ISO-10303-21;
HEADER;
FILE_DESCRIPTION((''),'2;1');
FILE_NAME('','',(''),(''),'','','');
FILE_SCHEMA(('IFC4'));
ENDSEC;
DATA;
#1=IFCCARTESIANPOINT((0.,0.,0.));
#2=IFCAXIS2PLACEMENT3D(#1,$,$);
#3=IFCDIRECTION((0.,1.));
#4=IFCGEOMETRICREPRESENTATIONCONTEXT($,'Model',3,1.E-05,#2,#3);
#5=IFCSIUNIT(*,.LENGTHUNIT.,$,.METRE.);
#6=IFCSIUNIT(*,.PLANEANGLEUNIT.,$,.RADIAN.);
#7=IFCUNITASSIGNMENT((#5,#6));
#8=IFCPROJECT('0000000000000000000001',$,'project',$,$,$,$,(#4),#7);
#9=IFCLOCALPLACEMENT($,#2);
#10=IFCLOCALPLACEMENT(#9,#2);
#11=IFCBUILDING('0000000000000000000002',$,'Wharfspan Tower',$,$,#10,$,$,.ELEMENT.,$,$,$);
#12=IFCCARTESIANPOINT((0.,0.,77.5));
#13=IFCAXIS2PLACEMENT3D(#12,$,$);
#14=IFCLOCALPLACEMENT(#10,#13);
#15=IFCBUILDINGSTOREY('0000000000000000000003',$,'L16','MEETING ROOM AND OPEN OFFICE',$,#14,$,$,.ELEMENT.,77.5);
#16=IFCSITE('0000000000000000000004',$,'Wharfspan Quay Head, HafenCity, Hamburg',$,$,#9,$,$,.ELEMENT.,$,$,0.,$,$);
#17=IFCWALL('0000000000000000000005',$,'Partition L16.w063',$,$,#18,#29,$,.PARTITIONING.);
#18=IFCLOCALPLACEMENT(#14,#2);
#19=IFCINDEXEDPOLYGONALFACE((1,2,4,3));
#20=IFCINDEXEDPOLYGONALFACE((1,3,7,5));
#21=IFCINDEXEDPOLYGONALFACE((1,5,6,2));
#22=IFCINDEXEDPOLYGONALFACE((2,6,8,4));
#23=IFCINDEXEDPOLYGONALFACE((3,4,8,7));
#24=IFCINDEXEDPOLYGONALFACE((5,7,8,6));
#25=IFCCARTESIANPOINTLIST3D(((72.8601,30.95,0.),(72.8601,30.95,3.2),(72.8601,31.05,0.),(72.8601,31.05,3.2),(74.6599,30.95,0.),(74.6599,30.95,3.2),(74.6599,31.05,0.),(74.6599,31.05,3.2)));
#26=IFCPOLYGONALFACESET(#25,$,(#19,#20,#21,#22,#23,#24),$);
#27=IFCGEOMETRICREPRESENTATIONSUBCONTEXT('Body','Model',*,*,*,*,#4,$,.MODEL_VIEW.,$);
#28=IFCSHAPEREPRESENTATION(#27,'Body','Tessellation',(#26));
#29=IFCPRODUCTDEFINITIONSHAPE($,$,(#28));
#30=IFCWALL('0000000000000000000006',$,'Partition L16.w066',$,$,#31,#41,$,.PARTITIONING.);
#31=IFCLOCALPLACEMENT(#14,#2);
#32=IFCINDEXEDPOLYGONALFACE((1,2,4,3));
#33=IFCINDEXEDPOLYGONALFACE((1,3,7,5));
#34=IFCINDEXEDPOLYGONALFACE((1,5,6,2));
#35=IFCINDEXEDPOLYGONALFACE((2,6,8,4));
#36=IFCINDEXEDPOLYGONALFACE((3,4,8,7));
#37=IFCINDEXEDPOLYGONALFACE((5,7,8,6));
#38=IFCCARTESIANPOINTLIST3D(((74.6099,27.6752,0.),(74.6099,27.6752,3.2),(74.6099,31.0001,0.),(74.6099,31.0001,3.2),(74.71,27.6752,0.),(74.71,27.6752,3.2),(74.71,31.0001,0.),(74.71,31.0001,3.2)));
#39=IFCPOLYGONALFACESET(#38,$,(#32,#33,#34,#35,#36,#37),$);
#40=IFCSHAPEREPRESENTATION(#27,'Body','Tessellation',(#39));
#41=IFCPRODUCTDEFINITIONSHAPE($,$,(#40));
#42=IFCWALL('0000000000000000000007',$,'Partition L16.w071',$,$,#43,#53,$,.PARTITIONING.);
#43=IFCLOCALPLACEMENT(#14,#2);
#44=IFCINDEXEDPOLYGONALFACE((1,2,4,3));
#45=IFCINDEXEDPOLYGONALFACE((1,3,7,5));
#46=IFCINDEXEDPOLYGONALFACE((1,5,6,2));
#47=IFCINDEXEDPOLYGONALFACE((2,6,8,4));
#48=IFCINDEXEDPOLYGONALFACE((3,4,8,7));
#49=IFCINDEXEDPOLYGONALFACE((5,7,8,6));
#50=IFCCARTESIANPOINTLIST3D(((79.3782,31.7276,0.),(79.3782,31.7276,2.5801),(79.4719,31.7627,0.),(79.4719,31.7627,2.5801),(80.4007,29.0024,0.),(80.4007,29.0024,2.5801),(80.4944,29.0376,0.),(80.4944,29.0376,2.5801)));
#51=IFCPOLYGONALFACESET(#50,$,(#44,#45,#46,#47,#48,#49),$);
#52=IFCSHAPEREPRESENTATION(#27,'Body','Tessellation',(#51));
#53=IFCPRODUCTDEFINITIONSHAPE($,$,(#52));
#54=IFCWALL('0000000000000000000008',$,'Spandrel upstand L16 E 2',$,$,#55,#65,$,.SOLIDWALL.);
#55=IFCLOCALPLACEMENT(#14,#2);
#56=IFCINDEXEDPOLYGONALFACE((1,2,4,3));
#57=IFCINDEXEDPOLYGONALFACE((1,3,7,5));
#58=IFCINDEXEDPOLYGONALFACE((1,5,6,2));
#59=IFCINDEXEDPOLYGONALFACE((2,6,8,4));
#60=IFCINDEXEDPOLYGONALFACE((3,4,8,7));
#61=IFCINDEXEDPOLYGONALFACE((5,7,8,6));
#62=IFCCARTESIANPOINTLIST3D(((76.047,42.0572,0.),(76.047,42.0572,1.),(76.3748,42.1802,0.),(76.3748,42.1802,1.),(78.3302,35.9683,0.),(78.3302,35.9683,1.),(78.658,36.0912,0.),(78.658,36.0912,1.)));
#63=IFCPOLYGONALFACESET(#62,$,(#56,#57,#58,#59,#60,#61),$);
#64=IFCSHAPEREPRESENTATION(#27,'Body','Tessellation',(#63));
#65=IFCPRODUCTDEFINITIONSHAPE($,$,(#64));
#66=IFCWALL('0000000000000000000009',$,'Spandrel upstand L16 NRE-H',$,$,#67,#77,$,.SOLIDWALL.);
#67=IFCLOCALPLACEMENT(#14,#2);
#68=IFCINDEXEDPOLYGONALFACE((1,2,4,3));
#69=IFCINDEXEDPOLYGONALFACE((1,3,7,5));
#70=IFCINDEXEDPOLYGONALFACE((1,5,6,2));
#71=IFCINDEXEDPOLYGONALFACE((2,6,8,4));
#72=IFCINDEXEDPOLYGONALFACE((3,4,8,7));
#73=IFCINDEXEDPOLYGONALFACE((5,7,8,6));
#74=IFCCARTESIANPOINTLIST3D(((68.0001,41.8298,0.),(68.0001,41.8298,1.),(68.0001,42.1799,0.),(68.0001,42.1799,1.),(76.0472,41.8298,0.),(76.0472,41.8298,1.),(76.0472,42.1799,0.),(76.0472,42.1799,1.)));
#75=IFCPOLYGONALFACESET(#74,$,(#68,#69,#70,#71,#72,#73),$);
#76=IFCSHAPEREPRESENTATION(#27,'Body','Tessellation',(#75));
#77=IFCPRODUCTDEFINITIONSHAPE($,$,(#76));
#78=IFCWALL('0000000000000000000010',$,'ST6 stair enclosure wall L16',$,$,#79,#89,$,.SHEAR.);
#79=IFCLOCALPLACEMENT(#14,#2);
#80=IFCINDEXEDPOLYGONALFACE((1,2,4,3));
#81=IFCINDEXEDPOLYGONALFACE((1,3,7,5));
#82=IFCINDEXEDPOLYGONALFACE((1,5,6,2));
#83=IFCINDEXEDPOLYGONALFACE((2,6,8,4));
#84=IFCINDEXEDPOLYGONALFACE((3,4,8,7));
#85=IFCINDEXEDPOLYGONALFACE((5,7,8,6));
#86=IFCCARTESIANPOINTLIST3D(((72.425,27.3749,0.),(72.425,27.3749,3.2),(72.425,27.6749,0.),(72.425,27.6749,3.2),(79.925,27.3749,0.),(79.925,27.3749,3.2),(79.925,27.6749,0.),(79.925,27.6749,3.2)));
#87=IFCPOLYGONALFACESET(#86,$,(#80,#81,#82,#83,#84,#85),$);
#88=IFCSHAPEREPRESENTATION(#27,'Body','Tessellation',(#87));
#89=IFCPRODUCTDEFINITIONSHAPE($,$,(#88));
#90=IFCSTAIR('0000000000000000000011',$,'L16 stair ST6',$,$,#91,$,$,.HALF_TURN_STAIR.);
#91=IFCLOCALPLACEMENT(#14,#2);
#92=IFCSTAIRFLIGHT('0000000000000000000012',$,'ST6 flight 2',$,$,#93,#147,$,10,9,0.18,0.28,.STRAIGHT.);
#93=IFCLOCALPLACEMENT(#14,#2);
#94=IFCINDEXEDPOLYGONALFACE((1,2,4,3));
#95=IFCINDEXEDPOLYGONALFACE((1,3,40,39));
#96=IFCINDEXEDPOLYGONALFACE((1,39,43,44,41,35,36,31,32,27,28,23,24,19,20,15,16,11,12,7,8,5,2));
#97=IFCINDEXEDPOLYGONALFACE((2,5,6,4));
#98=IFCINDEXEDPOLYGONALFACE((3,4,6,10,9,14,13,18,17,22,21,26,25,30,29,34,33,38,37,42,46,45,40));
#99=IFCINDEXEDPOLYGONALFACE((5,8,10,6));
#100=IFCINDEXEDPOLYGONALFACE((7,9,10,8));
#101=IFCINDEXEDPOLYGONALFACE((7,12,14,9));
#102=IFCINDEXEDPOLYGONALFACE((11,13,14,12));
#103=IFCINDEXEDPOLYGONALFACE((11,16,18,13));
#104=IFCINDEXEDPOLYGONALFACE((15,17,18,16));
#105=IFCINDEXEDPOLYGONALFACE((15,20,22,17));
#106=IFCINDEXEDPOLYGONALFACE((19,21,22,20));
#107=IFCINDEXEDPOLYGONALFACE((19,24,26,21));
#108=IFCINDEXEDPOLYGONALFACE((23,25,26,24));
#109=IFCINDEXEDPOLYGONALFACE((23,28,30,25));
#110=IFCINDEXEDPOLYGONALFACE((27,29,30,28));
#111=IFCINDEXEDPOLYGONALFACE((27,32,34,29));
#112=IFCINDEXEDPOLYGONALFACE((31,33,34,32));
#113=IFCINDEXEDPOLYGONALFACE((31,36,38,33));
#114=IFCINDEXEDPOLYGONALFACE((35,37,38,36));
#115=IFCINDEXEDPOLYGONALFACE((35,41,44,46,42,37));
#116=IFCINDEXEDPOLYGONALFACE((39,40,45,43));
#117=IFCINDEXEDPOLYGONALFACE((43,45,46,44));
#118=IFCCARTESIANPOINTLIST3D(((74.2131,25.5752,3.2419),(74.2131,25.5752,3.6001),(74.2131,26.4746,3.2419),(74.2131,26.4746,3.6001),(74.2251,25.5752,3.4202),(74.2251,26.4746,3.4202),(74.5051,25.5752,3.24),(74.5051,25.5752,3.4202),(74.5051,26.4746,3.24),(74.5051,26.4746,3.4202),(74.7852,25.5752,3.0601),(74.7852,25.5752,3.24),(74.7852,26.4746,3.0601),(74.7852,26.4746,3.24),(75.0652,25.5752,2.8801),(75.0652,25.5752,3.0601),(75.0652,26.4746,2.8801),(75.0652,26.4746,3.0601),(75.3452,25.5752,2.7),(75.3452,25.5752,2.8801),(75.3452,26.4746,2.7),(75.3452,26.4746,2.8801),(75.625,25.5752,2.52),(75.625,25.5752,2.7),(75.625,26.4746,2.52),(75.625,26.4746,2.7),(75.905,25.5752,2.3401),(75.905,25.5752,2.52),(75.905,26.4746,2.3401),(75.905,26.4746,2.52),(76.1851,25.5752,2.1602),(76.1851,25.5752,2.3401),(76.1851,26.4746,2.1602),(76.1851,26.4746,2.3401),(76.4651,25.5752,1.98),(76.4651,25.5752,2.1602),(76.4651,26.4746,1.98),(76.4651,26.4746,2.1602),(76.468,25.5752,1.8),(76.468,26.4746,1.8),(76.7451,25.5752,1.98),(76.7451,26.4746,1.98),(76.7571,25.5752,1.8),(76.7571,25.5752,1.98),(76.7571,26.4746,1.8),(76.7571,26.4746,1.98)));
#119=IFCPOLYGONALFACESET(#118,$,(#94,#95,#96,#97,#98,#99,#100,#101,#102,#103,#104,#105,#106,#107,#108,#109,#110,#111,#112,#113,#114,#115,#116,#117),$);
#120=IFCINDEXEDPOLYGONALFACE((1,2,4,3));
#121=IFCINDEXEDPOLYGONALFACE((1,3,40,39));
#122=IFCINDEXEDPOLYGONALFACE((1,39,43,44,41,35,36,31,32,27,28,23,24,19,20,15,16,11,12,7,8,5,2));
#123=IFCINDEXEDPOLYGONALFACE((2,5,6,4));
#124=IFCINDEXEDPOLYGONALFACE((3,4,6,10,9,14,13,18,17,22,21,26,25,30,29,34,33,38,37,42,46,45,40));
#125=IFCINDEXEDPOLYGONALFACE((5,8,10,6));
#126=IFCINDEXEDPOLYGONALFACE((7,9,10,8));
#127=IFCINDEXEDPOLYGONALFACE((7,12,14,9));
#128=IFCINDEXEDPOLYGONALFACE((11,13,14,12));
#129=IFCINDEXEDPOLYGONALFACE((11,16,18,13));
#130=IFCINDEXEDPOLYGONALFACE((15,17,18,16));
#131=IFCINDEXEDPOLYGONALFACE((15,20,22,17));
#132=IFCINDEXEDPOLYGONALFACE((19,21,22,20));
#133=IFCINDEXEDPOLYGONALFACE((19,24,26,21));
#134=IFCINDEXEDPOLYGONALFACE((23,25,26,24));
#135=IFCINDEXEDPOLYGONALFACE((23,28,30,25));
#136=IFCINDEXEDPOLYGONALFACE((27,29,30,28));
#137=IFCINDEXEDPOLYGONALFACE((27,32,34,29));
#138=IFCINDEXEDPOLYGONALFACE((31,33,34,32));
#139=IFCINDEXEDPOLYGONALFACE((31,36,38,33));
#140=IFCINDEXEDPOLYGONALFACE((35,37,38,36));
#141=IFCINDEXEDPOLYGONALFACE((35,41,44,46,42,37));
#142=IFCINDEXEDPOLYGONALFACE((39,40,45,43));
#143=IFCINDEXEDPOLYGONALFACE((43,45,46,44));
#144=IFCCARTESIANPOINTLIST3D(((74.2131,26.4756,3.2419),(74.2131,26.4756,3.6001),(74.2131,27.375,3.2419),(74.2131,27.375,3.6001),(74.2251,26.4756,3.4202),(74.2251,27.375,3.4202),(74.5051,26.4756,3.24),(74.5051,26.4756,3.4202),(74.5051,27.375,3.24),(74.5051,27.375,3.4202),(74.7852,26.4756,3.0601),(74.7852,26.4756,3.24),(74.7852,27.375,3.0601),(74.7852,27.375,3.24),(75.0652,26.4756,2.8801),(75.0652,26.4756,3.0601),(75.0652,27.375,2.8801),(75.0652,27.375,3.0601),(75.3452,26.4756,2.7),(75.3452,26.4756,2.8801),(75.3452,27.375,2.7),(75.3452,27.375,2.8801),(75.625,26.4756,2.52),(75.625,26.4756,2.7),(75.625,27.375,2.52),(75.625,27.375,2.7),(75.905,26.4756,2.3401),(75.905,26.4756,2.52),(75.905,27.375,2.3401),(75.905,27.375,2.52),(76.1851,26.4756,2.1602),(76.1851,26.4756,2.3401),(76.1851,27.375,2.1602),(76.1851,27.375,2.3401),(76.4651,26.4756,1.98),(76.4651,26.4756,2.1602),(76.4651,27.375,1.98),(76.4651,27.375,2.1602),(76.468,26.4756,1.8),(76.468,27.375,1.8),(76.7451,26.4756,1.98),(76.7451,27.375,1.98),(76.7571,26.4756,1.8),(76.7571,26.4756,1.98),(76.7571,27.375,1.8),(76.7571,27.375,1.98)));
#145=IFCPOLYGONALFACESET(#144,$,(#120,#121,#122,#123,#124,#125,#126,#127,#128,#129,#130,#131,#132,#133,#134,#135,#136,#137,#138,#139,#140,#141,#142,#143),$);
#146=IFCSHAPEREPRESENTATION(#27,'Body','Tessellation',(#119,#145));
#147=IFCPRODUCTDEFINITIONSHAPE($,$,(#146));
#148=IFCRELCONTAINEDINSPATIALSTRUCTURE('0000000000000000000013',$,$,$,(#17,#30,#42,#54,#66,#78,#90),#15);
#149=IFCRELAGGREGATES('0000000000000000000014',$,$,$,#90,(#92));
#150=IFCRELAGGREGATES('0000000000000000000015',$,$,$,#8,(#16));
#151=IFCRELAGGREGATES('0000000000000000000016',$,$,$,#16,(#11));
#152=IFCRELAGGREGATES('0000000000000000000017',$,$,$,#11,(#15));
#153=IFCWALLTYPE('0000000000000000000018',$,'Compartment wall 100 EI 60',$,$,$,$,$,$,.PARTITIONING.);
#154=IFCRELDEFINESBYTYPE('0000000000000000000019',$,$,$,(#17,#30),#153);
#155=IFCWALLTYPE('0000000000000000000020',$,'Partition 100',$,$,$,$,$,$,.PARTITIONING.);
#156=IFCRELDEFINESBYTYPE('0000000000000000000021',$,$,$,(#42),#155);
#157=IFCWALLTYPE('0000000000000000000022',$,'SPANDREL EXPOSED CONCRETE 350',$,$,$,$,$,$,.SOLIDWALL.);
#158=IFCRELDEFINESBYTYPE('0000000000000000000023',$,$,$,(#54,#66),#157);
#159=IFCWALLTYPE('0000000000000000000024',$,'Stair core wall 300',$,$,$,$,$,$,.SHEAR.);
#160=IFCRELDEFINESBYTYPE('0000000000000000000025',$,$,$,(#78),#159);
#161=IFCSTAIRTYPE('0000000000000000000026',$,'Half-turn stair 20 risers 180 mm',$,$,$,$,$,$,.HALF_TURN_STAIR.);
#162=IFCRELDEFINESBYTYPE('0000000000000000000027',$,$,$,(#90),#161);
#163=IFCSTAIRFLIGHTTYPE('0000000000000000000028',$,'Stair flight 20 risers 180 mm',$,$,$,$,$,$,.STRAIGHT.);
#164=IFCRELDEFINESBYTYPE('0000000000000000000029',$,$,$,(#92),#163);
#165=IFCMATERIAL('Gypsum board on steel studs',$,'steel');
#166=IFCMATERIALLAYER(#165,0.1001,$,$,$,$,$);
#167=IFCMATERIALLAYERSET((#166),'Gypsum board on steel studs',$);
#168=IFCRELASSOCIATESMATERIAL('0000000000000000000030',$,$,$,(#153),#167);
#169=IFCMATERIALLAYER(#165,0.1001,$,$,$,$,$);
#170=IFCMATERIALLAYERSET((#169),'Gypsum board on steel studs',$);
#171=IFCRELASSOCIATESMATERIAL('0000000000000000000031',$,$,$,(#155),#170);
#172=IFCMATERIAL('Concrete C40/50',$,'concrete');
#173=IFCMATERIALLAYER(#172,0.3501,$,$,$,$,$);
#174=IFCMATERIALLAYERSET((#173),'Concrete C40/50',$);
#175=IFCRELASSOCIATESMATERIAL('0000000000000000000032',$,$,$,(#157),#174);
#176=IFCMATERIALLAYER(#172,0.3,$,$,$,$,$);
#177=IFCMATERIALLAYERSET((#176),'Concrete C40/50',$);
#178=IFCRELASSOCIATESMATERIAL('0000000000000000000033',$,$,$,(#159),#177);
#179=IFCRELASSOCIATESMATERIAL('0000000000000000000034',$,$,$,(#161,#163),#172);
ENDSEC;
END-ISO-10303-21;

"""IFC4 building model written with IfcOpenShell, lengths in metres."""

from ifc_helpers import new_model, si_unit, direction, frame, frame_2d, origin, place, context, subcontext, project, spatial, polyline, rectangle, outline, extrude, material, layer, layer_set, type_object, element, aggregate, save


model = new_model("IFC4")

# Units and contexts
model_context = context("Model", 3, precision=1e-05, world=origin(), true_north=direction((0.0, 1.0)))
body_context = subcontext(model_context, "Body", "Model", "MODEL_VIEW")
ifc_project = project(units=[si_unit("LENGTHUNIT", "METRE"), si_unit("PLANEANGLEUNIT", "RADIAN")], contexts=[model_context])

# Site, building, storey
site_placement = place(None, origin())
site = spatial("IfcSite", under=ifc_project, at=site_placement, Name="Wharfspan Quay Head, HafenCity, Hamburg", CompositionType="ELEMENT", RefElevation=0.0)
building_placement = place(site_placement, origin())
building = spatial("IfcBuilding", under=site, at=building_placement, Name="Wharfspan Tower", CompositionType="ELEMENT")
storey_placement = place(building_placement, frame((0.0, 0.0, 77.5)))
storey = spatial("IfcBuildingStorey", under=building, at=storey_placement, Name="L16", Description="MEETING ROOM AND OPEN OFFICE", CompositionType="ELEMENT", Elevation=77.5)

# Walls
ifc_material_1 = material(Name="Gypsum board on steel studs", Category="steel")
ifc_layer_1 = layer(ifc_material_1, 0.1001)
ifc_layer_set_1 = layer_set([ifc_layer_1], Name="Gypsum board on steel studs")
wall_type_1 = type_object("IfcWallType", Name="Compartment wall 100 EI 60", PredefinedType="PARTITIONING", material=ifc_layer_set_1)
wall_1_placement = place(storey_placement, frame((72.8601, 31.0, 0.0), z_axis=(0.0, 0.0, 1.0), x_axis=(1.0, 0.0, 0.0)))
element("IfcWall", 1, at=wall_1_placement, inside=storey, type_object=wall_type_1, Name="Partition L16.w063", PredefinedType="PARTITIONING", context=body_context, shape_type="SweptSolid", body=[
    extrude(rectangle(XDim=1.7998, YDim=0.1001, at=frame_2d((0.8999, 0.0))), origin(), (0.0, 0.0, 1.0), 3.2),
])
wall_2_placement = place(storey_placement, frame((74.6599, 27.675, 0.0), z_axis=(0.0, 0.0, 1.0), x_axis=(0.0, 1.0, 0.0)))
element("IfcWall", 2, at=wall_2_placement, inside=storey, type_object=wall_type_1, Name="Partition L16.w066", PredefinedType="PARTITIONING", context=body_context, shape_type="SweptSolid", body=[
    extrude(rectangle(XDim=3.325, YDim=0.1001, at=frame_2d((1.6626, 0.0))), origin(), (0.0, 0.0, 1.0), 3.2),
])
ifc_layer_2 = layer(ifc_material_1, 0.1001)
ifc_layer_set_2 = layer_set([ifc_layer_2], Name="Gypsum board on steel studs")
wall_type_2 = type_object("IfcWallType", Name="Partition 100", PredefinedType="PARTITIONING", material=ifc_layer_set_2)
wall_3_placement = place(storey_placement, frame((80.4475, 29.02, 0.0), z_axis=(0.0, 0.0, 1.0), x_axis=(-0.35129, 0.93627, 0.0)))
element("IfcWall", 3, at=wall_3_placement, inside=storey, type_object=wall_type_2, Name="Partition L16.w071", PredefinedType="PARTITIONING", context=body_context, shape_type="SweptSolid", body=[
    extrude(rectangle(XDim=2.9106, YDim=0.1001, at=frame_2d((1.4553, 0.0))), origin(), (0.0, 0.0, 1.0), 2.5801),
])
ifc_material_2 = material(Name="Concrete C40/50", Category="concrete")
ifc_layer_3 = layer(ifc_material_2, 0.3501)
ifc_layer_set_3 = layer_set([ifc_layer_3], Name="Concrete C40/50")
wall_type_3 = type_object("IfcWallType", Name="SPANDREL EXPOSED CONCRETE 350", PredefinedType="SOLIDWALL", material=ifc_layer_set_3)
wall_4_placement = place(storey_placement, frame((78.4941, 36.0298, 0.0), z_axis=(0.0, 0.0, 1.0), x_axis=(-0.351108, 0.936338, 0.0)))
element("IfcWall", 4, at=wall_4_placement, inside=storey, type_object=wall_type_3, Name="Spandrel upstand L16 E 2", PredefinedType="SOLIDWALL", context=body_context, shape_type="SweptSolid", body=[
    extrude(rectangle(XDim=6.5029, YDim=0.3501, at=frame_2d((3.2515, 0.0))), origin(), (0.0, 0.0, 1.0), 1.0),
])
wall_5_placement = place(storey_placement, frame((76.0471, 42.0049, 0.0), z_axis=(0.0, 0.0, 1.0), x_axis=(-1.0, 0.0, 0.0)))
element("IfcWall", 5, at=wall_5_placement, inside=storey, type_object=wall_type_3, Name="Spandrel upstand L16 NRE-H", PredefinedType="SOLIDWALL", context=body_context, shape_type="SweptSolid", body=[
    extrude(rectangle(XDim=8.0471, YDim=0.3501, at=frame_2d((4.0234, 0.0))), origin(), (0.0, 0.0, 1.0), 1.0),
])
ifc_layer_4 = layer(ifc_material_2, 0.3)
ifc_layer_set_4 = layer_set([ifc_layer_4], Name="Concrete C40/50")
wall_type_4 = type_object("IfcWallType", Name="Stair core wall 300", PredefinedType="SHEAR", material=ifc_layer_set_4)
wall_6_placement = place(storey_placement, frame((72.425, 27.5249, 0.0), z_axis=(0.0, 0.0, 1.0), x_axis=(1.0, 0.0, 0.0)))
element("IfcWall", 6, at=wall_6_placement, inside=storey, type_object=wall_type_4, Name="ST6 stair enclosure wall L16", PredefinedType="SHEAR", context=body_context, shape_type="SweptSolid", body=[
    extrude(rectangle(XDim=7.5, YDim=0.3, at=frame_2d((3.75, 0.0))), origin(), (0.0, 0.0, 1.0), 3.2),
])

# Stair, stair flight
stair_type = type_object("IfcStairType", Name="Half-turn stair 20 risers 180 mm", PredefinedType="HALF_TURN_STAIR", material=ifc_material_2)
stair_placement = place(storey_placement, origin())
stair = element("IfcStair", 7, at=stair_placement, inside=storey, type_object=stair_type, Name="L16 stair ST6", PredefinedType="HALF_TURN_STAIR")
stair_flight_type = type_object("IfcStairFlightType", Name="Stair flight 20 risers 180 mm", PredefinedType="STRAIGHT", material=ifc_material_2)
stair_flight_placement = place(storey_placement, frame((76.7451, 26.4751, 1.8), z_axis=(0.0, 0.0, 1.0), x_axis=(-1.0, 0.0, 0.0)))
stair_flight = element("IfcStairFlight", 8, at=stair_flight_placement, type_object=stair_flight_type, Name="ST6 flight 2", NumberOfRisers=10, NumberOfTreads=9, PredefinedType="STRAIGHT", RiserHeight=0.18, TreadLength=0.28, context=body_context, shape_type="SweptSolid", body=[
    extrude(outline(polyline([(-0.012, 0.0), (-0.012, 0.1799), (0.0, 0.1799), (0.28, 0.1799), (0.28, 0.3601), (0.5601, 0.3601), (0.5601, 0.54), (0.8401, 0.54), (0.8401, 0.72), (1.1201, 0.72), (1.1201, 0.8999), (1.3999, 0.8999), (1.3999, 1.0801), (1.6799, 1.0801), (1.6799, 1.26), (1.96, 1.26), (1.96, 1.4399), (2.24, 1.4399), (2.24, 1.6201), (2.52, 1.6201), (2.532, 1.8), (2.532, 1.4419), (0.2771, 0.0), (-0.012, 0.0)])), frame((0.0, 0.8999, 0.0), z_axis=(0.0, -1.0, 0.0), x_axis=(1.0, 0.0, 0.0)), (0.0, 0.0, 1.0), 0.8994),
    extrude(outline(polyline([(-0.012, 0.0), (-0.012, 0.1799), (0.0, 0.1799), (0.28, 0.1799), (0.28, 0.3601), (0.5601, 0.3601), (0.5601, 0.54), (0.8401, 0.54), (0.8401, 0.72), (1.1201, 0.72), (1.1201, 0.8999), (1.3999, 0.8999), (1.3999, 1.0801), (1.6799, 1.0801), (1.6799, 1.26), (1.96, 1.26), (1.96, 1.4399), (2.24, 1.4399), (2.24, 1.6201), (2.52, 1.6201), (2.532, 1.8), (2.532, 1.4419), (0.2771, 0.0), (-0.012, 0.0)])), frame((0.0, -0.0005, 0.0), z_axis=(0.0, -1.0, 0.0), x_axis=(1.0, 0.0, 0.0)), (0.0, 0.0, 1.0), 0.8994),
])
aggregate(stair, [stair_flight])

save(model, "model.ifc")
